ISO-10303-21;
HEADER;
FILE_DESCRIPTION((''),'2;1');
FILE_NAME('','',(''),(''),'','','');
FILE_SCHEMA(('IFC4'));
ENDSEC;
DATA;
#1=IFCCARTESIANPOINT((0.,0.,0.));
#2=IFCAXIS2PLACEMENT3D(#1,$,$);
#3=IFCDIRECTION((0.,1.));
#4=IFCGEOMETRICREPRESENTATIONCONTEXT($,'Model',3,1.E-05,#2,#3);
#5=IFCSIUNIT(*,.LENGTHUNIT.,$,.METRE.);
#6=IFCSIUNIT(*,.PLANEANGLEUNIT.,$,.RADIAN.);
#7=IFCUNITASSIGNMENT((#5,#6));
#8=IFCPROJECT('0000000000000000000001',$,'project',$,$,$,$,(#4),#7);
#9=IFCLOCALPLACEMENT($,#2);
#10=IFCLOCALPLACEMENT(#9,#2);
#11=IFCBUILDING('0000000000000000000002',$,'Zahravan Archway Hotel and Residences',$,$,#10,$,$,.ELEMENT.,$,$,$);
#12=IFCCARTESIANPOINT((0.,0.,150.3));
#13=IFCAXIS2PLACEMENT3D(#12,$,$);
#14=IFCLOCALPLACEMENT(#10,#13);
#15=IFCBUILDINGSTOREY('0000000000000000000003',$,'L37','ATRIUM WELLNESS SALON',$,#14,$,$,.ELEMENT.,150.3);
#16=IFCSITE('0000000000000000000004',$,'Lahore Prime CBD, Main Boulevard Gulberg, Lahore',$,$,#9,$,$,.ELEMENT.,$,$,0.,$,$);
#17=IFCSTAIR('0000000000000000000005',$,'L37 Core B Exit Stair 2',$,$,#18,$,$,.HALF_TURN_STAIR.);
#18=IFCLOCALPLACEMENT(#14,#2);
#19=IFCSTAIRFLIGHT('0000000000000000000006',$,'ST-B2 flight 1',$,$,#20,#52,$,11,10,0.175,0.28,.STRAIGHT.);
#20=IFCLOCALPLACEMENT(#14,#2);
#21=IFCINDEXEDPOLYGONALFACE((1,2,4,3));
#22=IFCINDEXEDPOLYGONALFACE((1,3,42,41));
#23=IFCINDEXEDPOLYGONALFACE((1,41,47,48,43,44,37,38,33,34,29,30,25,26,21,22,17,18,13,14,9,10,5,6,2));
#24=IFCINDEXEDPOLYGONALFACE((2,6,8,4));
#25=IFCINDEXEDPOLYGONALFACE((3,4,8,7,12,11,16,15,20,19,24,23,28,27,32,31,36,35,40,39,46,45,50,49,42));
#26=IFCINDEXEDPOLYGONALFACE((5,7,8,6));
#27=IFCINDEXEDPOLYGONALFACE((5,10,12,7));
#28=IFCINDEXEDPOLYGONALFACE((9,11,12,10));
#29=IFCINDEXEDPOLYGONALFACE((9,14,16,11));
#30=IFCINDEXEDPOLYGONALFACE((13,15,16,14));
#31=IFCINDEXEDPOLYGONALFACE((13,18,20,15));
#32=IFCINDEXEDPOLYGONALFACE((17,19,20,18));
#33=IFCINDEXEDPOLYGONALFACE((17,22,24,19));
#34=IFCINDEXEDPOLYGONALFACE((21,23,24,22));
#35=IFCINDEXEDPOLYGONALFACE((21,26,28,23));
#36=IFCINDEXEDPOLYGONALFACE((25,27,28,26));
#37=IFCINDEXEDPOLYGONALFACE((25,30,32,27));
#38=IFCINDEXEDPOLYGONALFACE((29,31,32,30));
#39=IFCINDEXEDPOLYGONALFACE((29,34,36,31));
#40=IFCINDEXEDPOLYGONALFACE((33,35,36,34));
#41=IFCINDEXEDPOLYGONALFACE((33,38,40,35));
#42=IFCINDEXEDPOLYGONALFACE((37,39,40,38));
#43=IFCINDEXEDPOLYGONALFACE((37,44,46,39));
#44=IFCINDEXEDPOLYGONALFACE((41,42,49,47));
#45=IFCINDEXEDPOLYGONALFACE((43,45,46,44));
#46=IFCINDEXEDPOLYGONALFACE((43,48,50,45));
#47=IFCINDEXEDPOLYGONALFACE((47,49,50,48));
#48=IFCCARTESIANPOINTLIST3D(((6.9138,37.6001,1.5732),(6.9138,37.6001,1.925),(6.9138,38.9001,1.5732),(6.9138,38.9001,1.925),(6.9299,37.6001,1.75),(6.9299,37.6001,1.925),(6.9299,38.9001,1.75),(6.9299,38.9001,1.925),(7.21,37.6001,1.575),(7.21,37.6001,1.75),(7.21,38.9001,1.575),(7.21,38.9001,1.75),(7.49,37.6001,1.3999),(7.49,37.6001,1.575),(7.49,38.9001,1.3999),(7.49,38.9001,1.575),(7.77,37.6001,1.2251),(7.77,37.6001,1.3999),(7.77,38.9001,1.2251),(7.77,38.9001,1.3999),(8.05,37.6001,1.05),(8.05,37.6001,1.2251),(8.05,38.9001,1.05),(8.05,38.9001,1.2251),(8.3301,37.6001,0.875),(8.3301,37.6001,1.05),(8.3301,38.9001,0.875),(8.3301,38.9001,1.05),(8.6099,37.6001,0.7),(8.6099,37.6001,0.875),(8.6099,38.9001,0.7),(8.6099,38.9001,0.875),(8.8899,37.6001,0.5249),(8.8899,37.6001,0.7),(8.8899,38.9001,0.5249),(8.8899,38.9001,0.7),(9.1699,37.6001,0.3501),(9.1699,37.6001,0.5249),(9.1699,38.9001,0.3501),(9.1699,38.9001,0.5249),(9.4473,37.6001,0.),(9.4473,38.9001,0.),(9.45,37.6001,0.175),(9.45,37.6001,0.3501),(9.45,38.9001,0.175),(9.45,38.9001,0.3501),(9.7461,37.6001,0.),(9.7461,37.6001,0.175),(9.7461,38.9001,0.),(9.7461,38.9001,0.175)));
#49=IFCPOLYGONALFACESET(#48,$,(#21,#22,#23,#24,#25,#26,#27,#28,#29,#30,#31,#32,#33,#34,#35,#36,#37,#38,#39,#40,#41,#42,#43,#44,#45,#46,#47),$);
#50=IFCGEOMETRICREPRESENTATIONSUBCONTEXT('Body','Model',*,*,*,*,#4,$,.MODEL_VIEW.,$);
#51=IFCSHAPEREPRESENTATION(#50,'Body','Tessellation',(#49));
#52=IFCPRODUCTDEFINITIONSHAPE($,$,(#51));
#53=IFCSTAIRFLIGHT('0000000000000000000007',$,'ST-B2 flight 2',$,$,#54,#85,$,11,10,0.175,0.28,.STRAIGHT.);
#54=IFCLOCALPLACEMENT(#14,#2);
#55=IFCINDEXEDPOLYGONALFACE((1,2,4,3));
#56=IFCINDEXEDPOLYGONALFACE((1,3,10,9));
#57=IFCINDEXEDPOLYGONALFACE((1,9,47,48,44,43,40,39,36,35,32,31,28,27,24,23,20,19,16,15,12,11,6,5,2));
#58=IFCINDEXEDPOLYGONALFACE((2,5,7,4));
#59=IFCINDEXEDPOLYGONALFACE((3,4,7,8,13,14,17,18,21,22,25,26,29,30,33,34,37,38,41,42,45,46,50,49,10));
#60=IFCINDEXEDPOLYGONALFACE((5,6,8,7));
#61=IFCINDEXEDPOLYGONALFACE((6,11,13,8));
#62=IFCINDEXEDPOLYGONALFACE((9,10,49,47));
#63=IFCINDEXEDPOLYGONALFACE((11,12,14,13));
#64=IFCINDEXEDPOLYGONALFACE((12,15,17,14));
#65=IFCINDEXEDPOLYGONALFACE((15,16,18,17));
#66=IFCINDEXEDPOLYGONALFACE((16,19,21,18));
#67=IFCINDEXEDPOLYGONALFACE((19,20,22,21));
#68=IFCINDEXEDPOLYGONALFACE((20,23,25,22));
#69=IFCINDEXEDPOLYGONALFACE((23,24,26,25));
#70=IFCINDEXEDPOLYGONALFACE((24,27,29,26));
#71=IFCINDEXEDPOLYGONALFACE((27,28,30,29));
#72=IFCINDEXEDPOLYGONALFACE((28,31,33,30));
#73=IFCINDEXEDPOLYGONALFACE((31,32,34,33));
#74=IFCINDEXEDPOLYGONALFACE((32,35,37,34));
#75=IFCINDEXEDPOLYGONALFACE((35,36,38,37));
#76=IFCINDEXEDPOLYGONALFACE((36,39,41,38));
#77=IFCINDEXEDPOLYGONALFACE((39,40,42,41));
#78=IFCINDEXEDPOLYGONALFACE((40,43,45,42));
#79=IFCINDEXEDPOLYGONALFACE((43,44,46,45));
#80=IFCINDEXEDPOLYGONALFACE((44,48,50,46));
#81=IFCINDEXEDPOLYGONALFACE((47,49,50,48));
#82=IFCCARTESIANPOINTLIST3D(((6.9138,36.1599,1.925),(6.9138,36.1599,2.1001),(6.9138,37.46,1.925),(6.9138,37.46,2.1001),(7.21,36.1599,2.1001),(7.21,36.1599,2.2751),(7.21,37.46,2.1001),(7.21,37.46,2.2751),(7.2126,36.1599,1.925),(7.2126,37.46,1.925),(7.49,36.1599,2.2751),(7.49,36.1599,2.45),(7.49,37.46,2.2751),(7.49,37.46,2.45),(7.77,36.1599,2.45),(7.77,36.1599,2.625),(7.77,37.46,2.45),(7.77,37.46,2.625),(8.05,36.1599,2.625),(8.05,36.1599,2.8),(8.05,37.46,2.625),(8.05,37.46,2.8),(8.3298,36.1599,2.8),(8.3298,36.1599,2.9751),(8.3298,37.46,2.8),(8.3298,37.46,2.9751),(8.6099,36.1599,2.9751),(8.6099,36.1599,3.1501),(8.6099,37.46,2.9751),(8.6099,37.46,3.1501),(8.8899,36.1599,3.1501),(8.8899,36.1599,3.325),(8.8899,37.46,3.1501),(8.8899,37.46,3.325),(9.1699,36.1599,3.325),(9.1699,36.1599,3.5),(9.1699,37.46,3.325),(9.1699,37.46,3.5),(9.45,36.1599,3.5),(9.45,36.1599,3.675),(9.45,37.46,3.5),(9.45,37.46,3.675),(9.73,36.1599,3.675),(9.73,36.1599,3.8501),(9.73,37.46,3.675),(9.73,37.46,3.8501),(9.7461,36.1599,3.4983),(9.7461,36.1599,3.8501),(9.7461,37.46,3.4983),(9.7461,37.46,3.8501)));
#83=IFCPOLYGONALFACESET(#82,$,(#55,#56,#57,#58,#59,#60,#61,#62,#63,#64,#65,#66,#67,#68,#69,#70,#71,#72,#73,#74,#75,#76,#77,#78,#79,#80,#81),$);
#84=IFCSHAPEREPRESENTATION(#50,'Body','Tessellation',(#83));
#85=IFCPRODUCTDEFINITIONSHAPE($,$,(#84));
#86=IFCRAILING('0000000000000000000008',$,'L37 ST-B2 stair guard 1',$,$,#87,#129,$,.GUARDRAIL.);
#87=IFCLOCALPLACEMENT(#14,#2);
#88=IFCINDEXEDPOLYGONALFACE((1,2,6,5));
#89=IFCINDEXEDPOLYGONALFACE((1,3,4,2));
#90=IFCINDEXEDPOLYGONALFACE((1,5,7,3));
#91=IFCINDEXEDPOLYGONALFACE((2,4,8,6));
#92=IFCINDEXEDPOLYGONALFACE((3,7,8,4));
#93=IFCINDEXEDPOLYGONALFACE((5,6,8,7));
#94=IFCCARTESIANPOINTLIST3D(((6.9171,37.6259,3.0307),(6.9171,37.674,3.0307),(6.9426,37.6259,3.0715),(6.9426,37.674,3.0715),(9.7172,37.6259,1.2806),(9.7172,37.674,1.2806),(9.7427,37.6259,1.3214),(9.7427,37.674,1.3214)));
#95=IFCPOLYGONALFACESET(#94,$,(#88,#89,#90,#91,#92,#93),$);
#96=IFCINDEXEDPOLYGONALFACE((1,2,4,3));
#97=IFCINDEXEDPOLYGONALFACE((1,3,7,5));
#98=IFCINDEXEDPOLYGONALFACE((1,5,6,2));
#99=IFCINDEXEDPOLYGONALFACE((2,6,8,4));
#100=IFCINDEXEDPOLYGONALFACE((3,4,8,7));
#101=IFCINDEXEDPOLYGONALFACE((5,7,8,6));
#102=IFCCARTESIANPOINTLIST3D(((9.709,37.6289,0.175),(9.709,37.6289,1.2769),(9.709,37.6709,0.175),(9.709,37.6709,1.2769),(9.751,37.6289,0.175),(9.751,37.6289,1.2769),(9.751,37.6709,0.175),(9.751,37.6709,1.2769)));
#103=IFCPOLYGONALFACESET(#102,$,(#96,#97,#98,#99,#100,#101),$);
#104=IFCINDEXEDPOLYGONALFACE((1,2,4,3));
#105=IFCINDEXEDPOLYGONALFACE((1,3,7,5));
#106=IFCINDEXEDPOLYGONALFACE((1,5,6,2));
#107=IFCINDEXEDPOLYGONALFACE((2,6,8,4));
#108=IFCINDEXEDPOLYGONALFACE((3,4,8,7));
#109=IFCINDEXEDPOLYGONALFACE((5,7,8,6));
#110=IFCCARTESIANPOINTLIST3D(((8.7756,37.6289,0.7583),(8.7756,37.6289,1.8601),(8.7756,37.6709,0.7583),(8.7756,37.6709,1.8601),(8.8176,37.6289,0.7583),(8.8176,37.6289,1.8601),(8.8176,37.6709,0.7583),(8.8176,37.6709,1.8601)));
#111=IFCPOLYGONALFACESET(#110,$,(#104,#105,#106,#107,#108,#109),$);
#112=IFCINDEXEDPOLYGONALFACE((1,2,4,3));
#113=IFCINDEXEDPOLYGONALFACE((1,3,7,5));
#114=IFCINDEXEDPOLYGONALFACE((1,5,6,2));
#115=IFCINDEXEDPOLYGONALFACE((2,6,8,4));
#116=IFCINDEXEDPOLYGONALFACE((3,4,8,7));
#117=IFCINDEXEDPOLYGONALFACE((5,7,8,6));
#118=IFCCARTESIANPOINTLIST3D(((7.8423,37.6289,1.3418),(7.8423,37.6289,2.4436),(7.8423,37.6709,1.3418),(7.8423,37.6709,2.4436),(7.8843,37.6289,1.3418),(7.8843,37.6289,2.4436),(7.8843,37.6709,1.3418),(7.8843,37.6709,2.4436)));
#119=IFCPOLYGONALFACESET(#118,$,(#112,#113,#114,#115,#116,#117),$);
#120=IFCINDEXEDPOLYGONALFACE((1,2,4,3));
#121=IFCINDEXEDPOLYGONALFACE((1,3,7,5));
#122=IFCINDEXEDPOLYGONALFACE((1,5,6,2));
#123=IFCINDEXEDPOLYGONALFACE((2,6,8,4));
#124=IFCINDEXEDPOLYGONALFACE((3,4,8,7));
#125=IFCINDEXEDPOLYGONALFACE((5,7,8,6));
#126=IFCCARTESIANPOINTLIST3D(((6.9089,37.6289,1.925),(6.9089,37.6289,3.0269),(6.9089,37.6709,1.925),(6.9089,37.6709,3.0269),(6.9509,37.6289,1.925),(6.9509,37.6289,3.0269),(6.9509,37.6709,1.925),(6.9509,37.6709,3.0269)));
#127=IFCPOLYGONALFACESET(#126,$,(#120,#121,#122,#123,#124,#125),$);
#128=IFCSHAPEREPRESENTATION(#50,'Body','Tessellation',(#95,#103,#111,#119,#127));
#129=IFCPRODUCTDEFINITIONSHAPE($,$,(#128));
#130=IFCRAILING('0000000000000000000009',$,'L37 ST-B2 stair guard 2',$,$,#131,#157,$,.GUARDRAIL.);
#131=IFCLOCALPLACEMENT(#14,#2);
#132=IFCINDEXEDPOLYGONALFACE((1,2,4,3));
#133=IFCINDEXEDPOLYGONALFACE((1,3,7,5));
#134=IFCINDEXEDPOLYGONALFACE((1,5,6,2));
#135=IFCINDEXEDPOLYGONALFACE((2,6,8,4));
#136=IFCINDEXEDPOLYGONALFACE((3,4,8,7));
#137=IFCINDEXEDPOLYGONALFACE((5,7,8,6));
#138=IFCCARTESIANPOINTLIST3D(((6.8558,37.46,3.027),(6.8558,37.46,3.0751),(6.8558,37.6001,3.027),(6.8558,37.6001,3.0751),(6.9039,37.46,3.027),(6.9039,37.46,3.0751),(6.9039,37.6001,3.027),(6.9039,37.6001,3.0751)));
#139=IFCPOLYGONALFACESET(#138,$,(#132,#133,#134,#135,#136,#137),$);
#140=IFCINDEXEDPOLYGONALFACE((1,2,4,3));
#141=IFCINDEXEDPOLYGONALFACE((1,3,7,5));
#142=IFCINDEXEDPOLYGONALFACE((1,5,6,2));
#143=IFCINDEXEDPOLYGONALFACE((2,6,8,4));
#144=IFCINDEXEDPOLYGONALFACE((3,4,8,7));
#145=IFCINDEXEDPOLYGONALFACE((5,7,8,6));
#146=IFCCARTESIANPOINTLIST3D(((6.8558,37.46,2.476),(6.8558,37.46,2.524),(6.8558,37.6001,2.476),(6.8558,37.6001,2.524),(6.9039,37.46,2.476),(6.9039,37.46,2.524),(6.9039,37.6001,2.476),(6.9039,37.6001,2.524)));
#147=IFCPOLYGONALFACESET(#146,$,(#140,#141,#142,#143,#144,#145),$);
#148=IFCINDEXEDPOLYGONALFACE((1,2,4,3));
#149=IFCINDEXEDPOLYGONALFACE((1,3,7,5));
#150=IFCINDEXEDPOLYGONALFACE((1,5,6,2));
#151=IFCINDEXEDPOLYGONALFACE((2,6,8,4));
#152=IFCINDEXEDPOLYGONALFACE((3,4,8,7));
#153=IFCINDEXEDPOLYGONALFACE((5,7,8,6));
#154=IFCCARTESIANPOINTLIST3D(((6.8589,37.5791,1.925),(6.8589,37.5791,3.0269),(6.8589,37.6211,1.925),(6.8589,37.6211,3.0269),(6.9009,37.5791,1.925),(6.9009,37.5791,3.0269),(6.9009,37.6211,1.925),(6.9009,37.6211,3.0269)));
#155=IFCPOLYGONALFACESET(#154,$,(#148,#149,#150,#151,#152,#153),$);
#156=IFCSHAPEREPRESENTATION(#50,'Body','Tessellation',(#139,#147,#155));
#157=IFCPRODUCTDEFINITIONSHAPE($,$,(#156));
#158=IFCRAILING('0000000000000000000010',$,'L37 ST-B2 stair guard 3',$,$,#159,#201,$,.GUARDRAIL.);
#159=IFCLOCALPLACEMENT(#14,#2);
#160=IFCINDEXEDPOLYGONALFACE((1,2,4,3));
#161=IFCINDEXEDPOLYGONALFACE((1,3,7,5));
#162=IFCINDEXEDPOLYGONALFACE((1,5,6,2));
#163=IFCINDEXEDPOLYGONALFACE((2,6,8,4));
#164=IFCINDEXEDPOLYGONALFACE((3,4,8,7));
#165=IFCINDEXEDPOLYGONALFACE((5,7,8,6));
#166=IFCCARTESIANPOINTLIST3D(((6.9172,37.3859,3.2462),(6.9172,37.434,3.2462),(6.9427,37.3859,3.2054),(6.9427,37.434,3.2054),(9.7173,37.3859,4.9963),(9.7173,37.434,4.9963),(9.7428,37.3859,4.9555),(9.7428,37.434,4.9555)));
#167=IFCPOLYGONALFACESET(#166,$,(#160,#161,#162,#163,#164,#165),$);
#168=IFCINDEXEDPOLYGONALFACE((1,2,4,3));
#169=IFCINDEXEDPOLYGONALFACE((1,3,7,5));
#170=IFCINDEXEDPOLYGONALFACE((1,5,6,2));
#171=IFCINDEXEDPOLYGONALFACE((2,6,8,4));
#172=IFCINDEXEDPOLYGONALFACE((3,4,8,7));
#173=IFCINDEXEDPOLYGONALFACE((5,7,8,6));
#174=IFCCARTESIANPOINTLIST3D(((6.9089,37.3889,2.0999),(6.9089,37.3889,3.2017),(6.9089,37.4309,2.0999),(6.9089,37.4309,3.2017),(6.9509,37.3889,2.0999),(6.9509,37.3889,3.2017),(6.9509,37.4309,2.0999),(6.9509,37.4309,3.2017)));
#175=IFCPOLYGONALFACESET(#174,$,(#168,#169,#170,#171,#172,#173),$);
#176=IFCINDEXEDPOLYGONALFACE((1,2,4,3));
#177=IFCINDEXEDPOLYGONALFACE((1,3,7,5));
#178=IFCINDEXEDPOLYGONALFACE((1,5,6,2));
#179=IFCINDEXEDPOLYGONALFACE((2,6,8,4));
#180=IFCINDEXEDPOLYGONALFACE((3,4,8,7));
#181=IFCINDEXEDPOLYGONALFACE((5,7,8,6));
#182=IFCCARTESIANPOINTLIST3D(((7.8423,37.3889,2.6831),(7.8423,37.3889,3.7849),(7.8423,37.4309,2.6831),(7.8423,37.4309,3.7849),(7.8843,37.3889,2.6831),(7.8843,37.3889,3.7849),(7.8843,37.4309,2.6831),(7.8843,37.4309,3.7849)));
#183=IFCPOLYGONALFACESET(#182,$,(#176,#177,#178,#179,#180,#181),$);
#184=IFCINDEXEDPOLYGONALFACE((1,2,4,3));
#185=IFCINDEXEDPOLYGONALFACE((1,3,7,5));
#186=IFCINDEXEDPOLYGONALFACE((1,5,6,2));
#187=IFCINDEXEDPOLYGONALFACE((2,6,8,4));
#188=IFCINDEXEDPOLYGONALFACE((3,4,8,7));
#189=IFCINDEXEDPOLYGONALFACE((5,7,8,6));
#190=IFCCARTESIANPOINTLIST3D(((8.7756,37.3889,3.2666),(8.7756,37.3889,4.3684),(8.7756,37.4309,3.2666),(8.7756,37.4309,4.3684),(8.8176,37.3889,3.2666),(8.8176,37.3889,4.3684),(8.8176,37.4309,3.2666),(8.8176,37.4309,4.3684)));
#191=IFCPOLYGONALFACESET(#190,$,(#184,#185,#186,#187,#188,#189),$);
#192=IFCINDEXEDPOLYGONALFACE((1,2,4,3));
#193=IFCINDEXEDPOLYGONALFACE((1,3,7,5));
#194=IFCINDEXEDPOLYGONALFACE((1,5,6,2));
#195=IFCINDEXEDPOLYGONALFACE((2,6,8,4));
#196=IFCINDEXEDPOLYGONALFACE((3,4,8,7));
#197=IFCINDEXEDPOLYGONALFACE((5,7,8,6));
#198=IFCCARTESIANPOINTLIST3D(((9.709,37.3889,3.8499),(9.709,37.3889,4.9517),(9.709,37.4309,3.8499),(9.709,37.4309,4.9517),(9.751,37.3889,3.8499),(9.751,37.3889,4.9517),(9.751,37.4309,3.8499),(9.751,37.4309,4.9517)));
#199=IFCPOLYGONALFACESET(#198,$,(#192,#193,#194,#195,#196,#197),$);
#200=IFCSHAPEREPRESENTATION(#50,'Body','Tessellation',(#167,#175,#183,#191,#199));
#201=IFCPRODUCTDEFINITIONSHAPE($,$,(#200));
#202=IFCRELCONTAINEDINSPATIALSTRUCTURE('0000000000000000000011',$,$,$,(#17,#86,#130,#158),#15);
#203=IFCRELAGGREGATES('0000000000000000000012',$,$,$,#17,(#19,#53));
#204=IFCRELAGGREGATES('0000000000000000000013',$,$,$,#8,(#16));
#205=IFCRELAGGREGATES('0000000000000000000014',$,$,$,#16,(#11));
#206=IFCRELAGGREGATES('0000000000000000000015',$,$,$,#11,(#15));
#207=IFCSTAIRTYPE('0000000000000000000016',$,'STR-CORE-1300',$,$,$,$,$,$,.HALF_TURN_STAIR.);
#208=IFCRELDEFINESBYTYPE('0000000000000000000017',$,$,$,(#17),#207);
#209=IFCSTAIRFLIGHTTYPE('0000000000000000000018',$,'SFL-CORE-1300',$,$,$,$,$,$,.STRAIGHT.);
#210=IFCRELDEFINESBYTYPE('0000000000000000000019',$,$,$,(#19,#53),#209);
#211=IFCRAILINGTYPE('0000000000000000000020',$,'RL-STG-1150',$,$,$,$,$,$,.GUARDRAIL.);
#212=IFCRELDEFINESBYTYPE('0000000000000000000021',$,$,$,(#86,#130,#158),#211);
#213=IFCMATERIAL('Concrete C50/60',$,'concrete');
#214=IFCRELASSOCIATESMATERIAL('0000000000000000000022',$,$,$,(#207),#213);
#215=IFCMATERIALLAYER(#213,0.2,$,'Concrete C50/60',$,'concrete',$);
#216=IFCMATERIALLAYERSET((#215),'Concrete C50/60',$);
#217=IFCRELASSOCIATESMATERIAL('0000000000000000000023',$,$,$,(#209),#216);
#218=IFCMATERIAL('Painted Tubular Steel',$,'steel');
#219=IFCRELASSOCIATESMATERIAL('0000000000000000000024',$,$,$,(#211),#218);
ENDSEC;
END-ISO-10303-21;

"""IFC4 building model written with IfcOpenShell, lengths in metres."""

from ifc_helpers import new_model, si_unit, direction, frame, origin, origin_2d, place, context, subcontext, project, spatial, polyline, rectangle, outline, extrude, source, transform, mapped, material, layer, layer_set, type_object, element, aggregate, save


model = new_model("IFC4")

# Units and contexts
model_context = context("Model", 3, precision=1e-05, world=origin(), true_north=direction((0.0, 1.0)))
body_context = subcontext(model_context, "Body", "Model", "MODEL_VIEW")
ifc_project = project(units=[si_unit("LENGTHUNIT", "METRE"), si_unit("PLANEANGLEUNIT", "RADIAN")], contexts=[model_context])

# Site, building, storey
site_placement = place(None, origin())
site = spatial("IfcSite", under=ifc_project, at=site_placement, Name="Lahore Prime CBD, Main Boulevard Gulberg, Lahore", CompositionType="ELEMENT", RefElevation=0.0)
building_placement = place(site_placement, origin())
building = spatial("IfcBuilding", under=site, at=building_placement, Name="Zahravan Archway Hotel and Residences", CompositionType="ELEMENT")
storey_placement = place(building_placement, frame((0.0, 0.0, 150.3)))
storey = spatial("IfcBuildingStorey", under=building, at=storey_placement, Name="L37", Description="ATRIUM WELLNESS SALON", CompositionType="ELEMENT", Elevation=150.3)

# Shared definitions
ifc_material_1 = material(Name="Concrete C50/60", Category="concrete")

# Stair, stair flights
stair_type = type_object("IfcStairType", Name="STR-CORE-1300", PredefinedType="HALF_TURN_STAIR", material=ifc_material_1)
stair_placement = place(storey_placement, origin())
stair = element("IfcStair", 1, at=stair_placement, inside=storey, type_object=stair_type, Name="L37 Core B Exit Stair 2", PredefinedType="HALF_TURN_STAIR")
ifc_layer_1 = layer(ifc_material_1, 0.2, Name="Concrete C50/60", Category="concrete")
ifc_layer_set_1 = layer_set([ifc_layer_1], Name="Concrete C50/60")
stair_flight_type = type_object("IfcStairFlightType", Name="SFL-CORE-1300", PredefinedType="STRAIGHT", material=ifc_layer_set_1)
shared_shape_1 = source(origin(), body_context, "Body", "SweptSolid", [
    extrude(outline(polyline([(-0.0161, 0.0), (-0.0161, 0.175), (0.28, 0.175), (0.28, 0.3501), (0.5601, 0.3501), (0.5601, 0.5249), (0.8401, 0.5249), (0.8401, 0.7), (1.1201, 0.7), (1.1201, 0.875), (1.3999, 0.875), (1.3999, 1.05), (1.6799, 1.05), (1.6799, 1.2251), (1.96, 1.2251), (1.96, 1.3999), (2.24, 1.3999), (2.24, 1.575), (2.52, 1.575), (2.52, 1.75), (2.8, 1.75), (2.8, 1.925), (2.8162, 1.925), (2.8162, 1.5732), (0.2827, 0.0), (-0.0161, 0.0)])), frame((0.0, 0.6499, 0.0), z_axis=(0.0, -1.0, 0.0), x_axis=(1.0, 0.0, 0.0)), (0.0, 0.0, 1.0), 1.3),
])
stair_flight_1_placement = place(storey_placement, frame((9.73, 38.25, 0.0), z_axis=(0.0, 0.0, 1.0), x_axis=(-1.0, 0.0, 0.0)))
stair_flight_1 = element("IfcStairFlight", 2, at=stair_flight_1_placement, type_object=stair_flight_type, Name="ST-B2 flight 1", NumberOfRisers=11, NumberOfTreads=10, PredefinedType="STRAIGHT", RiserHeight=0.175, TreadLength=0.28, context=body_context, shape_type="MappedRepresentation", body=[
    mapped(shared_shape_1, transform((0.0, 0.0, 0.0), scale=1.0)),
])
stair_flight_2_placement = place(storey_placement, frame((6.9299, 36.8101, 1.925), z_axis=(0.0, 0.0, 1.0), x_axis=(1.0, 0.0, 0.0)))
stair_flight_2 = element("IfcStairFlight", 3, at=stair_flight_2_placement, type_object=stair_flight_type, Name="ST-B2 flight 2", NumberOfRisers=11, NumberOfTreads=10, PredefinedType="STRAIGHT", RiserHeight=0.175, TreadLength=0.28, context=body_context, shape_type="MappedRepresentation", body=[
    mapped(shared_shape_1, transform((0.0, 0.0, 0.0), scale=1.0)),
])
aggregate(stair, [stair_flight_1, stair_flight_2])

# Railings
ifc_material_2 = material(Name="Painted Tubular Steel", Category="steel")
railing_type_1 = type_object("IfcRailingType", Name="RL-STG-1150", PredefinedType="GUARDRAIL", material=ifc_material_2)
railing_1_placement = place(storey_placement, frame((9.73, 37.6499, 0.175)))
element("IfcRailing", 4, at=railing_1_placement, inside=storey, type_object=railing_type_1, Name="L37 ST-B2 stair guard 1", PredefinedType="GUARDRAIL", context=body_context, shape_type="SweptSolid", body=[
    extrude(rectangle(XDim=0.0481, YDim=0.0481, at=origin_2d()), frame((0.0, 0.0, 1.126), z_axis=(-0.848002, 0.0, 0.529992), x_axis=(0.0, -1.0, 0.0)), (0.0, 0.0, 1.0), 3.302),
    extrude(rectangle(XDim=0.042, YDim=0.042, at=origin_2d()), origin(), (0.0, 0.0, 1.0), 1.1018),
    extrude(rectangle(XDim=0.042, YDim=0.042, at=origin_2d()), frame((-0.9333, 0.0, 0.5833)), (0.0, 0.0, 1.0), 1.1018),
    extrude(rectangle(XDim=0.042, YDim=0.042, at=origin_2d()), frame((-1.8667, 0.0, 1.1667)), (0.0, 0.0, 1.0), 1.1018),
    extrude(rectangle(XDim=0.042, YDim=0.042, at=origin_2d()), frame((-2.8, 0.0, 1.75)), (0.0, 0.0, 1.0), 1.1018),
])
railing_2_placement = place(storey_placement, frame((6.8799, 37.6001, 1.925)))
element("IfcRailing", 5, at=railing_2_placement, inside=storey, type_object=railing_type_1, Name="L37 ST-B2 stair guard 2", PredefinedType="GUARDRAIL", context=body_context, shape_type="SweptSolid", body=[
    extrude(rectangle(XDim=0.0481, YDim=0.0481, at=origin_2d()), frame((0.0, 0.0, 1.126), z_axis=(0.0, -1.0, 0.0), x_axis=(1.0, 0.0, 0.0)), (0.0, 0.0, 1.0), 0.1401),
    extrude(rectangle(XDim=0.0481, YDim=0.0481, at=origin_2d()), frame((0.0, 0.0, 0.575), z_axis=(0.0, -1.0, 0.0), x_axis=(1.0, 0.0, 0.0)), (0.0, 0.0, 1.0), 0.1401),
    extrude(rectangle(XDim=0.042, YDim=0.042, at=origin_2d()), origin(), (0.0, 0.0, 1.0), 1.1018),
])
railing_3_placement = place(storey_placement, frame((6.9299, 37.4099, 2.0999)))
element("IfcRailing", 6, at=railing_3_placement, inside=storey, type_object=railing_type_1, Name="L37 ST-B2 stair guard 3", PredefinedType="GUARDRAIL", context=body_context, shape_type="SweptSolid", body=[
    extrude(rectangle(XDim=0.0481, YDim=0.0481, at=origin_2d()), frame((0.0, 0.0, 1.126), z_axis=(0.848002, 0.0, 0.529992), x_axis=(0.0, 1.0, 0.0)), (0.0, 0.0, 1.0), 3.302),
    extrude(rectangle(XDim=0.042, YDim=0.042, at=origin_2d()), origin(), (0.0, 0.0, 1.0), 1.1018),
    extrude(rectangle(XDim=0.042, YDim=0.042, at=origin_2d()), frame((0.9333, 0.0, 0.5833)), (0.0, 0.0, 1.0), 1.1018),
    extrude(rectangle(XDim=0.042, YDim=0.042, at=origin_2d()), frame((1.8667, 0.0, 1.1667)), (0.0, 0.0, 1.0), 1.1018),
    extrude(rectangle(XDim=0.042, YDim=0.042, at=origin_2d()), frame((2.8, 0.0, 1.75)), (0.0, 0.0, 1.0), 1.1018),
])

save(model, "model.ifc")
